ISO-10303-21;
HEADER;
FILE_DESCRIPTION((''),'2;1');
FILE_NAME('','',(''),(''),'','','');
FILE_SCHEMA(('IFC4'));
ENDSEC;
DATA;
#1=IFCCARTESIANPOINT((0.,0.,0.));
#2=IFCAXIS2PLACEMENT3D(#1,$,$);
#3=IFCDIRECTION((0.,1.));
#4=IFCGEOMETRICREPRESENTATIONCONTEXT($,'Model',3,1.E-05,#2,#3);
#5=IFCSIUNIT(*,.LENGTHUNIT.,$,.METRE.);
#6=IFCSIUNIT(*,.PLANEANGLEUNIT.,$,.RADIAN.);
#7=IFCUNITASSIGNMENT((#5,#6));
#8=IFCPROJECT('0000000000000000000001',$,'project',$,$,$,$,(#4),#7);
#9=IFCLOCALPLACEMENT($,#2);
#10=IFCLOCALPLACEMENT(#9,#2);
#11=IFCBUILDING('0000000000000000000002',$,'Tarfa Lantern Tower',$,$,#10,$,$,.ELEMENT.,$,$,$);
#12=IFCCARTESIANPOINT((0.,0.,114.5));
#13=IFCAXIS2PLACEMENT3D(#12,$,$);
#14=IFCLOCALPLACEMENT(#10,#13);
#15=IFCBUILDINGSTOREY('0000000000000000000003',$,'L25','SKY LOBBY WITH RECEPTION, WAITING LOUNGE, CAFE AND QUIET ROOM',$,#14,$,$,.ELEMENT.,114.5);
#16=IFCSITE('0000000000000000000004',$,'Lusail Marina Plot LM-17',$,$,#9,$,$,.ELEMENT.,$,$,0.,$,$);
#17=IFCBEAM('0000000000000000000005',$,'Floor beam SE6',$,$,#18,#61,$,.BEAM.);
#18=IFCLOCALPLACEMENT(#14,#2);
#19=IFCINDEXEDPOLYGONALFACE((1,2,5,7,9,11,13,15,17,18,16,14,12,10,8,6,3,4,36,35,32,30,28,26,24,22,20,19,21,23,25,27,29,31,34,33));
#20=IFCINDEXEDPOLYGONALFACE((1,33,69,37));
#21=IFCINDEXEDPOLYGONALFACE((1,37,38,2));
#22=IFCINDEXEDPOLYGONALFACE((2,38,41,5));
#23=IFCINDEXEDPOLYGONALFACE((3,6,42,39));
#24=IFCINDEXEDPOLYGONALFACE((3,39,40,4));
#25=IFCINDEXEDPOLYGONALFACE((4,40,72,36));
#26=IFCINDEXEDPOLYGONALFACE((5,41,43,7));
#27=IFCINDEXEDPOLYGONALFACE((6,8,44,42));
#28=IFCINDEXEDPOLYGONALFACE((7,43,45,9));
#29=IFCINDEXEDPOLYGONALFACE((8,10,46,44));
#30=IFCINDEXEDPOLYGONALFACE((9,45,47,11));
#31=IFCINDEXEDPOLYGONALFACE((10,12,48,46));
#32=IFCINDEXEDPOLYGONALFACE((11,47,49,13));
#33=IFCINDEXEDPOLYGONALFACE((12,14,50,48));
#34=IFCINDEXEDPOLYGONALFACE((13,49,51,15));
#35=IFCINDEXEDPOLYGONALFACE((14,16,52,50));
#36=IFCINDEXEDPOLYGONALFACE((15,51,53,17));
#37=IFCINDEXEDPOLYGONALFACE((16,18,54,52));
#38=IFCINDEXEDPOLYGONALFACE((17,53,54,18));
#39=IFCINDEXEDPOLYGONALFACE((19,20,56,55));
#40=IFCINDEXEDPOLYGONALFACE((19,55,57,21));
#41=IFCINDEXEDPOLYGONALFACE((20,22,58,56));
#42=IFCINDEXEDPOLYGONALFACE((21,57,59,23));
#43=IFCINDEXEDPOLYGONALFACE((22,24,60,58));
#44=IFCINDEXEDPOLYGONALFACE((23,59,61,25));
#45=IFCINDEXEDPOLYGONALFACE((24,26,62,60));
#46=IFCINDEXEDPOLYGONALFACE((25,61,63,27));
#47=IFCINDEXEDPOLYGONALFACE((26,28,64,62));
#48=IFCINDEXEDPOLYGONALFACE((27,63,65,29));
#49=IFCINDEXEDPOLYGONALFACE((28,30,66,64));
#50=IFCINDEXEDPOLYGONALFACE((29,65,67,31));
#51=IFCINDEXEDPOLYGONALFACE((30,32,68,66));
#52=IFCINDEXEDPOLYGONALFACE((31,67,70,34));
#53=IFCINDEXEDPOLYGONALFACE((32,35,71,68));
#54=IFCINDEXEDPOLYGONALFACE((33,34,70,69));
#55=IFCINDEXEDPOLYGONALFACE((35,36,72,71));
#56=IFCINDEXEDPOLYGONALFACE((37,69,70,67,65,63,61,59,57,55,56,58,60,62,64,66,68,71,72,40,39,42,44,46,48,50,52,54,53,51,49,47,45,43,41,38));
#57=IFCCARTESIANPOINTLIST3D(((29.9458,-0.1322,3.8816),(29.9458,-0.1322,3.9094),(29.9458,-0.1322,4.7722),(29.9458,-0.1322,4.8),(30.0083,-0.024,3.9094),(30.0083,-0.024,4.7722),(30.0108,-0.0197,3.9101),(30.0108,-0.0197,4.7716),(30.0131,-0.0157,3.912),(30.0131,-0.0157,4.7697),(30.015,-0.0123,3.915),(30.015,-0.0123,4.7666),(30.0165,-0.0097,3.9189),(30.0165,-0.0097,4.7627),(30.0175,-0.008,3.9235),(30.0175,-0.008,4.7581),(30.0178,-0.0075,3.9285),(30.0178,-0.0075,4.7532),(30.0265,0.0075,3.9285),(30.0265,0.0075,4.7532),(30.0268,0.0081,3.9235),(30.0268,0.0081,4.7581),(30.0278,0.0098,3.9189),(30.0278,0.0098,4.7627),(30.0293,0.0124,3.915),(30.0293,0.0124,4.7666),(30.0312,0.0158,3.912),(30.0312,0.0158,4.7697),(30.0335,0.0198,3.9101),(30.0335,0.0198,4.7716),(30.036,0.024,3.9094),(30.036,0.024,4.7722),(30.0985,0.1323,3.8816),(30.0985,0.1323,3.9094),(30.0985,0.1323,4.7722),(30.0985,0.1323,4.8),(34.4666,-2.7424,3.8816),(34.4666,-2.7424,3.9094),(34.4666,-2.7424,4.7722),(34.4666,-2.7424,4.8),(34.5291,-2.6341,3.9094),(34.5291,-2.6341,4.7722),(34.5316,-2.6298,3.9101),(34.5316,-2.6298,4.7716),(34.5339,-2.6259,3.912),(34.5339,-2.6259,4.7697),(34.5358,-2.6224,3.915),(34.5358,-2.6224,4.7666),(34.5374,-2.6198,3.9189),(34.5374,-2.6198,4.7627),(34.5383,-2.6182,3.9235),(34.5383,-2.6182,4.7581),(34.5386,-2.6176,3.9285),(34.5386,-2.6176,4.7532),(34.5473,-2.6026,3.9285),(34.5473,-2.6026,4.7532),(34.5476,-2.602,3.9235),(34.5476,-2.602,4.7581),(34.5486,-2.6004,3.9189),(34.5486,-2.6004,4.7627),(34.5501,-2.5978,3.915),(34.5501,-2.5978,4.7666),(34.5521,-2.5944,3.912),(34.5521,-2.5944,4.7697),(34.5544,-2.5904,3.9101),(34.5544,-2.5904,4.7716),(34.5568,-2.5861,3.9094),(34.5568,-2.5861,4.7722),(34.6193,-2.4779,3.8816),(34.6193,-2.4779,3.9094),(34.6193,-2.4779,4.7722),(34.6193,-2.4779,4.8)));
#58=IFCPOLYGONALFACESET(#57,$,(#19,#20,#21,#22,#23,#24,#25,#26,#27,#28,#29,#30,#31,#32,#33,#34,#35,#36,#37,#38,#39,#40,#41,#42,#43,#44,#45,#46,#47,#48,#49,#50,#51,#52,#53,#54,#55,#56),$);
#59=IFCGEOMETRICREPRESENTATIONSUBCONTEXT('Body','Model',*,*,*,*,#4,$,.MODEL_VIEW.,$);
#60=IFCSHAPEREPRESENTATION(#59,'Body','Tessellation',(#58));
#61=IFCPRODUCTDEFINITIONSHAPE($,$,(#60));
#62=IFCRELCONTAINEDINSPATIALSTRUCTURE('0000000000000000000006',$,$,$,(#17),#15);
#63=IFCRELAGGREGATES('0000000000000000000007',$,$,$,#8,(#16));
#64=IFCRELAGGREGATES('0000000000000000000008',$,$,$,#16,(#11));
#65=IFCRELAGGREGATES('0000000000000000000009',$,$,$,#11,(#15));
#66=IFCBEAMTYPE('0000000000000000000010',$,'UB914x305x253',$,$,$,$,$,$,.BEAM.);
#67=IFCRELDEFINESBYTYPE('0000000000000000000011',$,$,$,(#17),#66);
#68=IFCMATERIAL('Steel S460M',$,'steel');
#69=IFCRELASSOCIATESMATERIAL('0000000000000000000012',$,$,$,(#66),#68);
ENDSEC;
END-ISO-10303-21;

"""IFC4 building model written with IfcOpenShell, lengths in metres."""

from ifc_helpers import new_model, si_unit, direction, frame, origin, origin_2d, place, context, subcontext, project, spatial, i_section, extrude, material, material_profile, profile_set, type_object, element, save


model = new_model("IFC4")

# Units and contexts
model_context = context("Model", 3, precision=1e-05, world=origin(), true_north=direction((0.0, 1.0)))
body_context = subcontext(model_context, "Body", "Model", "MODEL_VIEW")
ifc_project = project(units=[si_unit("LENGTHUNIT", "METRE"), si_unit("PLANEANGLEUNIT", "RADIAN")], contexts=[model_context])

# Site, building, storey
site_placement = place(None, origin())
site = spatial("IfcSite", under=ifc_project, at=site_placement, Name="Lusail Marina Plot LM-17", CompositionType="ELEMENT", RefElevation=0.0)
building_placement = place(site_placement, origin())
building = spatial("IfcBuilding", under=site, at=building_placement, Name="Tarfa Lantern Tower", CompositionType="ELEMENT")
storey_placement = place(building_placement, frame((0.0, 0.0, 114.5)))
storey = spatial("IfcBuildingStorey", under=building, at=storey_placement, Name="L25", Description="SKY LOBBY WITH RECEPTION, WAITING LOUNGE, CAFE AND QUIET ROOM", CompositionType="ELEMENT", Elevation=114.5)

# Beam
ifc_material_1 = material(Name="Steel S460M", Category="steel")
ifc_material_profile_1 = material_profile(ifc_material_1, i_section(OverallWidth=0.3054, OverallDepth=0.9185, WebThickness=0.0173, FlangeThickness=0.0278, FilletRadius=0.019, at=origin_2d()), Name="UB914x305x253")
ifc_profile_set_1 = profile_set([ifc_material_profile_1], Name="Steel S460M")
beam_type_1 = type_object("IfcBeamType", Name="UB914x305x253", PredefinedType="BEAM", material=ifc_profile_set_1)
beam_1_placement = place(storey_placement, frame((34.543, -2.6101, 4.3408), z_axis=(-0.866021, 0.500007, 0.0), x_axis=(-0.500007, -0.866021, 0.0)))
element("IfcBeam", 1, at=beam_1_placement, inside=storey, type_object=beam_type_1, Name="Floor beam SE6", PredefinedType="BEAM", context=body_context, shape_type="SweptSolid", body=[
    extrude(i_section(OverallWidth=0.3054, OverallDepth=0.9185, WebThickness=0.0173, FlangeThickness=0.0278, FilletRadius=0.019, at=origin_2d()), origin(), (0.0, 0.0, 1.0), 5.2202),
])

save(model, "model.ifc")
